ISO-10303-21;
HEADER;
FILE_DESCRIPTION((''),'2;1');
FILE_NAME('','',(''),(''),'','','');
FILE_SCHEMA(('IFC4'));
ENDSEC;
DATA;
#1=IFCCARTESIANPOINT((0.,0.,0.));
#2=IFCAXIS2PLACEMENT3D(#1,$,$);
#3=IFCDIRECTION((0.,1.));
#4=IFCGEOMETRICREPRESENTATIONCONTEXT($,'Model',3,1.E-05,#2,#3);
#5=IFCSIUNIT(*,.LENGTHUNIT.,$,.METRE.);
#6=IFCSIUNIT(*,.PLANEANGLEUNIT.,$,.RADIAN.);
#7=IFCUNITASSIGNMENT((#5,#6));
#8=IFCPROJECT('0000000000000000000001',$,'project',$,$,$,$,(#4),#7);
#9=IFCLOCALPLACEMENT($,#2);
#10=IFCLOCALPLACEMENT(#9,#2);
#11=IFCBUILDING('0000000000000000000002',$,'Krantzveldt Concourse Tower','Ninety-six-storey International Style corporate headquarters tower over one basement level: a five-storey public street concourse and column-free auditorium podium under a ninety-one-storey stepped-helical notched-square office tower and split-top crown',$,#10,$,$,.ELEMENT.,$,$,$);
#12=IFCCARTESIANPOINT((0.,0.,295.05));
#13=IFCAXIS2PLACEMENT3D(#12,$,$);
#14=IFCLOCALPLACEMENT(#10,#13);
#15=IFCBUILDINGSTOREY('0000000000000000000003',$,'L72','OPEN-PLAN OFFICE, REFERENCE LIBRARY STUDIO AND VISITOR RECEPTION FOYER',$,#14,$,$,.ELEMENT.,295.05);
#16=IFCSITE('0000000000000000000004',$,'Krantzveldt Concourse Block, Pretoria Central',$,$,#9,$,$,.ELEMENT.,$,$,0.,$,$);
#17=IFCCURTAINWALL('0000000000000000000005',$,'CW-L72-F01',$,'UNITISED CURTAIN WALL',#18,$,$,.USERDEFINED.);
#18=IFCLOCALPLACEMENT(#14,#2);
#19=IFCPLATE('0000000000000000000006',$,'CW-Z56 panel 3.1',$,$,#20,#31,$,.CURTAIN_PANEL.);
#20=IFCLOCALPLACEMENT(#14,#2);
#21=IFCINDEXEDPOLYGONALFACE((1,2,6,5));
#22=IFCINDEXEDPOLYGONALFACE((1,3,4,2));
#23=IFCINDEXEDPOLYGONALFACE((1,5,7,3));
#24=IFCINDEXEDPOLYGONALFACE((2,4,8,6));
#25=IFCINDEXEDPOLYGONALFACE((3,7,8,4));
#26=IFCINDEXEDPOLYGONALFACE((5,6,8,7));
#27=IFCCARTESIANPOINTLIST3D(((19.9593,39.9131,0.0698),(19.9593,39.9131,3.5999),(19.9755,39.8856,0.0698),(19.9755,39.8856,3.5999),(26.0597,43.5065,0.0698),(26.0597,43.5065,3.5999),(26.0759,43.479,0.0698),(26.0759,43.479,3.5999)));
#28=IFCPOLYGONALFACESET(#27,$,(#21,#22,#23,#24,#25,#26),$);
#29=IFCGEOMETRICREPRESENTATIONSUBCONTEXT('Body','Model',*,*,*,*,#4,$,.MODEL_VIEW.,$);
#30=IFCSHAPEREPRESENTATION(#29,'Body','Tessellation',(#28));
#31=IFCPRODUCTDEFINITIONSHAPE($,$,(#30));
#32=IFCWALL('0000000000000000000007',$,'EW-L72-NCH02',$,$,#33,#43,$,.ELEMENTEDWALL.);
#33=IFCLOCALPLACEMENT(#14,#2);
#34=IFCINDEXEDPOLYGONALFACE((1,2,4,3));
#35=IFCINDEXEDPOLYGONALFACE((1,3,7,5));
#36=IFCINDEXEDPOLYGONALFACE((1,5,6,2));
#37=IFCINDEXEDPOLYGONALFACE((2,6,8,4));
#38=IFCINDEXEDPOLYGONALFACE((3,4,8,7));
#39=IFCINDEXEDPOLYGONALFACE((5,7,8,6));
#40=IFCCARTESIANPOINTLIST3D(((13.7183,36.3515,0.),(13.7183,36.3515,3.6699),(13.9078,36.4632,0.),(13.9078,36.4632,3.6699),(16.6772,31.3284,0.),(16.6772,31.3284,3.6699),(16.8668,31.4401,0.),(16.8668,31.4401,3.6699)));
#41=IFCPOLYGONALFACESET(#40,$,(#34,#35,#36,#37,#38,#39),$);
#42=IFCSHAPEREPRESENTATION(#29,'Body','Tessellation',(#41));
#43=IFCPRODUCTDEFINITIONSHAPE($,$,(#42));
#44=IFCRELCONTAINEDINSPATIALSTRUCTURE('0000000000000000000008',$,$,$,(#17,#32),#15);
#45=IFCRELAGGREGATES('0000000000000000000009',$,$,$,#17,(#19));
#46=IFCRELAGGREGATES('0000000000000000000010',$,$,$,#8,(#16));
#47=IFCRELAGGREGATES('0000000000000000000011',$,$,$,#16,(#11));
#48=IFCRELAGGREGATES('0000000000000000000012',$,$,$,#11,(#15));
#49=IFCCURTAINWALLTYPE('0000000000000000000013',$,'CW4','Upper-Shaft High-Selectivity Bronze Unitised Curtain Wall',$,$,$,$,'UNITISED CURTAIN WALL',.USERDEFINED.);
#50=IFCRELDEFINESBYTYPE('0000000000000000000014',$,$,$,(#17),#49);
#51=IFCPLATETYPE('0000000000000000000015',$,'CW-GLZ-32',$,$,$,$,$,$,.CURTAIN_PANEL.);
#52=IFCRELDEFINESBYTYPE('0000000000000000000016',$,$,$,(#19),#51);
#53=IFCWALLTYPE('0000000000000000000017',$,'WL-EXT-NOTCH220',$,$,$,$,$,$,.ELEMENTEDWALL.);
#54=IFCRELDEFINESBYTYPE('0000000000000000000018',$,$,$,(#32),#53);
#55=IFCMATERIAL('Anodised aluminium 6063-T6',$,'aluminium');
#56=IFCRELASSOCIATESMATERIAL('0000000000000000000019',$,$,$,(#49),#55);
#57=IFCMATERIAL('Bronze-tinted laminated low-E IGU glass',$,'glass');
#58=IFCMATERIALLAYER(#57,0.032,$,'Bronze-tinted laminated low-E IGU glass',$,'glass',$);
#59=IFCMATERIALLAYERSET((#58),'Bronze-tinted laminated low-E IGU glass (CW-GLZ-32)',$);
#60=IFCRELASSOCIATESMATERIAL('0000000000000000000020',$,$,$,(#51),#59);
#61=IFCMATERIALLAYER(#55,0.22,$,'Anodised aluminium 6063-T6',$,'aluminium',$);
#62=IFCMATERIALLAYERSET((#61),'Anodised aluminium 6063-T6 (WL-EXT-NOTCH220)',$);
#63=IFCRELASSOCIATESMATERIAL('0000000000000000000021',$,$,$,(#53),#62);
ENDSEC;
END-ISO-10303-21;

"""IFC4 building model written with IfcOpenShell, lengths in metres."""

from ifc_helpers import new_model, si_unit, direction, frame, frame_2d, origin, origin_2d, place, context, subcontext, project, spatial, rectangle, extrude, source, transform, mapped, material, layer, layer_set, type_object, element, aggregate, save


model = new_model("IFC4")

# Units and contexts
model_context = context("Model", 3, precision=1e-05, world=origin(), true_north=direction((0.0, 1.0)))
body_context = subcontext(model_context, "Body", "Model", "MODEL_VIEW")
ifc_project = project(units=[si_unit("LENGTHUNIT", "METRE"), si_unit("PLANEANGLEUNIT", "RADIAN")], contexts=[model_context])

# Site, building, storey
site_placement = place(None, origin())
site = spatial("IfcSite", under=ifc_project, at=site_placement, Name="Krantzveldt Concourse Block, Pretoria Central", CompositionType="ELEMENT", RefElevation=0.0)
building_placement = place(site_placement, origin())
building = spatial("IfcBuilding", under=site, at=building_placement, Name="Krantzveldt Concourse Tower", Description="Ninety-six-storey International Style corporate headquarters tower over one basement level: a five-storey public street concourse and column-free auditorium podium under a ninety-one-storey stepped-helical notched-square office tower and split-top crown", CompositionType="ELEMENT")
storey_placement = place(building_placement, frame((0.0, 0.0, 295.05)))
storey = spatial("IfcBuildingStorey", under=building, at=storey_placement, Name="L72", Description="OPEN-PLAN OFFICE, REFERENCE LIBRARY STUDIO AND VISITOR RECEPTION FOYER", CompositionType="ELEMENT", Elevation=295.05)

# Curtain wall, plate
ifc_material_1 = material(Name="Anodised aluminium 6063-T6", Category="aluminium")
curtain_wall_type = type_object("IfcCurtainWallType", Name="CW4", Description="Upper-Shaft High-Selectivity Bronze Unitised Curtain Wall", ElementType="UNITISED CURTAIN WALL", PredefinedType="USERDEFINED", material=ifc_material_1)
curtain_wall_placement = place(storey_placement, origin())
curtain_wall = element("IfcCurtainWall", 1, at=curtain_wall_placement, inside=storey, type_object=curtain_wall_type, Name="CW-L72-F01", ObjectType="UNITISED CURTAIN WALL", PredefinedType="USERDEFINED")
ifc_material_2 = material(Name="Bronze-tinted laminated low-E IGU glass", Category="glass")
ifc_layer_1 = layer(ifc_material_2, 0.032, Name="Bronze-tinted laminated low-E IGU glass", Category="glass")
ifc_layer_set_1 = layer_set([ifc_layer_1], Name="Bronze-tinted laminated low-E IGU glass (CW-GLZ-32)")
plate_type = type_object("IfcPlateType", Name="CW-GLZ-32", PredefinedType="CURTAIN_PANEL", material=ifc_layer_set_1)
shared_shape_1 = source(origin(), body_context, "Body", "SweptSolid", [
    extrude(rectangle(XDim=7.0801, YDim=0.032, at=origin_2d()), origin(), (0.0, 0.0, 1.0), 3.53),
])
plate_1_placement = place(storey_placement, frame((23.0176, 41.696, 0.0698), z_axis=(0.0, 0.0, 1.0), x_axis=(-0.861629, -0.507538, 0.0)))
plate_1 = element("IfcPlate", 2, at=plate_1_placement, type_object=plate_type, Name="CW-Z56 panel 3.1", PredefinedType="CURTAIN_PANEL", context=body_context, shape_type="MappedRepresentation", body=[
    mapped(shared_shape_1, transform((0.0, 0.0, 0.0), x_axis=(1.0, 0.0, 0.0), y_axis=(0.0, 1.0, 0.0), z_axis=(0.0, 0.0, 1.0), scale=1.0)),
])
aggregate(curtain_wall, [plate_1])

# Wall
ifc_layer_2 = layer(ifc_material_1, 0.22, Name="Anodised aluminium 6063-T6", Category="aluminium")
ifc_layer_set_2 = layer_set([ifc_layer_2], Name="Anodised aluminium 6063-T6 (WL-EXT-NOTCH220)")
wall_type = type_object("IfcWallType", Name="WL-EXT-NOTCH220", PredefinedType="ELEMENTEDWALL", material=ifc_layer_set_2)
wall_placement = place(storey_placement, frame((13.813, 36.4075, 0.0), z_axis=(0.0, 0.0, 1.0), x_axis=(0.507551, -0.861622, 0.0)))
element("IfcWall", 3, at=wall_placement, inside=storey, type_object=wall_type, Name="EW-L72-NCH02", PredefinedType="ELEMENTEDWALL", context=body_context, shape_type="SweptSolid", body=[
    extrude(rectangle(XDim=5.8298, YDim=0.22, at=frame_2d((2.915, 0.0))), origin(), (0.0, 0.0, 1.0), 3.6699),
])

save(model, "model.ifc")
